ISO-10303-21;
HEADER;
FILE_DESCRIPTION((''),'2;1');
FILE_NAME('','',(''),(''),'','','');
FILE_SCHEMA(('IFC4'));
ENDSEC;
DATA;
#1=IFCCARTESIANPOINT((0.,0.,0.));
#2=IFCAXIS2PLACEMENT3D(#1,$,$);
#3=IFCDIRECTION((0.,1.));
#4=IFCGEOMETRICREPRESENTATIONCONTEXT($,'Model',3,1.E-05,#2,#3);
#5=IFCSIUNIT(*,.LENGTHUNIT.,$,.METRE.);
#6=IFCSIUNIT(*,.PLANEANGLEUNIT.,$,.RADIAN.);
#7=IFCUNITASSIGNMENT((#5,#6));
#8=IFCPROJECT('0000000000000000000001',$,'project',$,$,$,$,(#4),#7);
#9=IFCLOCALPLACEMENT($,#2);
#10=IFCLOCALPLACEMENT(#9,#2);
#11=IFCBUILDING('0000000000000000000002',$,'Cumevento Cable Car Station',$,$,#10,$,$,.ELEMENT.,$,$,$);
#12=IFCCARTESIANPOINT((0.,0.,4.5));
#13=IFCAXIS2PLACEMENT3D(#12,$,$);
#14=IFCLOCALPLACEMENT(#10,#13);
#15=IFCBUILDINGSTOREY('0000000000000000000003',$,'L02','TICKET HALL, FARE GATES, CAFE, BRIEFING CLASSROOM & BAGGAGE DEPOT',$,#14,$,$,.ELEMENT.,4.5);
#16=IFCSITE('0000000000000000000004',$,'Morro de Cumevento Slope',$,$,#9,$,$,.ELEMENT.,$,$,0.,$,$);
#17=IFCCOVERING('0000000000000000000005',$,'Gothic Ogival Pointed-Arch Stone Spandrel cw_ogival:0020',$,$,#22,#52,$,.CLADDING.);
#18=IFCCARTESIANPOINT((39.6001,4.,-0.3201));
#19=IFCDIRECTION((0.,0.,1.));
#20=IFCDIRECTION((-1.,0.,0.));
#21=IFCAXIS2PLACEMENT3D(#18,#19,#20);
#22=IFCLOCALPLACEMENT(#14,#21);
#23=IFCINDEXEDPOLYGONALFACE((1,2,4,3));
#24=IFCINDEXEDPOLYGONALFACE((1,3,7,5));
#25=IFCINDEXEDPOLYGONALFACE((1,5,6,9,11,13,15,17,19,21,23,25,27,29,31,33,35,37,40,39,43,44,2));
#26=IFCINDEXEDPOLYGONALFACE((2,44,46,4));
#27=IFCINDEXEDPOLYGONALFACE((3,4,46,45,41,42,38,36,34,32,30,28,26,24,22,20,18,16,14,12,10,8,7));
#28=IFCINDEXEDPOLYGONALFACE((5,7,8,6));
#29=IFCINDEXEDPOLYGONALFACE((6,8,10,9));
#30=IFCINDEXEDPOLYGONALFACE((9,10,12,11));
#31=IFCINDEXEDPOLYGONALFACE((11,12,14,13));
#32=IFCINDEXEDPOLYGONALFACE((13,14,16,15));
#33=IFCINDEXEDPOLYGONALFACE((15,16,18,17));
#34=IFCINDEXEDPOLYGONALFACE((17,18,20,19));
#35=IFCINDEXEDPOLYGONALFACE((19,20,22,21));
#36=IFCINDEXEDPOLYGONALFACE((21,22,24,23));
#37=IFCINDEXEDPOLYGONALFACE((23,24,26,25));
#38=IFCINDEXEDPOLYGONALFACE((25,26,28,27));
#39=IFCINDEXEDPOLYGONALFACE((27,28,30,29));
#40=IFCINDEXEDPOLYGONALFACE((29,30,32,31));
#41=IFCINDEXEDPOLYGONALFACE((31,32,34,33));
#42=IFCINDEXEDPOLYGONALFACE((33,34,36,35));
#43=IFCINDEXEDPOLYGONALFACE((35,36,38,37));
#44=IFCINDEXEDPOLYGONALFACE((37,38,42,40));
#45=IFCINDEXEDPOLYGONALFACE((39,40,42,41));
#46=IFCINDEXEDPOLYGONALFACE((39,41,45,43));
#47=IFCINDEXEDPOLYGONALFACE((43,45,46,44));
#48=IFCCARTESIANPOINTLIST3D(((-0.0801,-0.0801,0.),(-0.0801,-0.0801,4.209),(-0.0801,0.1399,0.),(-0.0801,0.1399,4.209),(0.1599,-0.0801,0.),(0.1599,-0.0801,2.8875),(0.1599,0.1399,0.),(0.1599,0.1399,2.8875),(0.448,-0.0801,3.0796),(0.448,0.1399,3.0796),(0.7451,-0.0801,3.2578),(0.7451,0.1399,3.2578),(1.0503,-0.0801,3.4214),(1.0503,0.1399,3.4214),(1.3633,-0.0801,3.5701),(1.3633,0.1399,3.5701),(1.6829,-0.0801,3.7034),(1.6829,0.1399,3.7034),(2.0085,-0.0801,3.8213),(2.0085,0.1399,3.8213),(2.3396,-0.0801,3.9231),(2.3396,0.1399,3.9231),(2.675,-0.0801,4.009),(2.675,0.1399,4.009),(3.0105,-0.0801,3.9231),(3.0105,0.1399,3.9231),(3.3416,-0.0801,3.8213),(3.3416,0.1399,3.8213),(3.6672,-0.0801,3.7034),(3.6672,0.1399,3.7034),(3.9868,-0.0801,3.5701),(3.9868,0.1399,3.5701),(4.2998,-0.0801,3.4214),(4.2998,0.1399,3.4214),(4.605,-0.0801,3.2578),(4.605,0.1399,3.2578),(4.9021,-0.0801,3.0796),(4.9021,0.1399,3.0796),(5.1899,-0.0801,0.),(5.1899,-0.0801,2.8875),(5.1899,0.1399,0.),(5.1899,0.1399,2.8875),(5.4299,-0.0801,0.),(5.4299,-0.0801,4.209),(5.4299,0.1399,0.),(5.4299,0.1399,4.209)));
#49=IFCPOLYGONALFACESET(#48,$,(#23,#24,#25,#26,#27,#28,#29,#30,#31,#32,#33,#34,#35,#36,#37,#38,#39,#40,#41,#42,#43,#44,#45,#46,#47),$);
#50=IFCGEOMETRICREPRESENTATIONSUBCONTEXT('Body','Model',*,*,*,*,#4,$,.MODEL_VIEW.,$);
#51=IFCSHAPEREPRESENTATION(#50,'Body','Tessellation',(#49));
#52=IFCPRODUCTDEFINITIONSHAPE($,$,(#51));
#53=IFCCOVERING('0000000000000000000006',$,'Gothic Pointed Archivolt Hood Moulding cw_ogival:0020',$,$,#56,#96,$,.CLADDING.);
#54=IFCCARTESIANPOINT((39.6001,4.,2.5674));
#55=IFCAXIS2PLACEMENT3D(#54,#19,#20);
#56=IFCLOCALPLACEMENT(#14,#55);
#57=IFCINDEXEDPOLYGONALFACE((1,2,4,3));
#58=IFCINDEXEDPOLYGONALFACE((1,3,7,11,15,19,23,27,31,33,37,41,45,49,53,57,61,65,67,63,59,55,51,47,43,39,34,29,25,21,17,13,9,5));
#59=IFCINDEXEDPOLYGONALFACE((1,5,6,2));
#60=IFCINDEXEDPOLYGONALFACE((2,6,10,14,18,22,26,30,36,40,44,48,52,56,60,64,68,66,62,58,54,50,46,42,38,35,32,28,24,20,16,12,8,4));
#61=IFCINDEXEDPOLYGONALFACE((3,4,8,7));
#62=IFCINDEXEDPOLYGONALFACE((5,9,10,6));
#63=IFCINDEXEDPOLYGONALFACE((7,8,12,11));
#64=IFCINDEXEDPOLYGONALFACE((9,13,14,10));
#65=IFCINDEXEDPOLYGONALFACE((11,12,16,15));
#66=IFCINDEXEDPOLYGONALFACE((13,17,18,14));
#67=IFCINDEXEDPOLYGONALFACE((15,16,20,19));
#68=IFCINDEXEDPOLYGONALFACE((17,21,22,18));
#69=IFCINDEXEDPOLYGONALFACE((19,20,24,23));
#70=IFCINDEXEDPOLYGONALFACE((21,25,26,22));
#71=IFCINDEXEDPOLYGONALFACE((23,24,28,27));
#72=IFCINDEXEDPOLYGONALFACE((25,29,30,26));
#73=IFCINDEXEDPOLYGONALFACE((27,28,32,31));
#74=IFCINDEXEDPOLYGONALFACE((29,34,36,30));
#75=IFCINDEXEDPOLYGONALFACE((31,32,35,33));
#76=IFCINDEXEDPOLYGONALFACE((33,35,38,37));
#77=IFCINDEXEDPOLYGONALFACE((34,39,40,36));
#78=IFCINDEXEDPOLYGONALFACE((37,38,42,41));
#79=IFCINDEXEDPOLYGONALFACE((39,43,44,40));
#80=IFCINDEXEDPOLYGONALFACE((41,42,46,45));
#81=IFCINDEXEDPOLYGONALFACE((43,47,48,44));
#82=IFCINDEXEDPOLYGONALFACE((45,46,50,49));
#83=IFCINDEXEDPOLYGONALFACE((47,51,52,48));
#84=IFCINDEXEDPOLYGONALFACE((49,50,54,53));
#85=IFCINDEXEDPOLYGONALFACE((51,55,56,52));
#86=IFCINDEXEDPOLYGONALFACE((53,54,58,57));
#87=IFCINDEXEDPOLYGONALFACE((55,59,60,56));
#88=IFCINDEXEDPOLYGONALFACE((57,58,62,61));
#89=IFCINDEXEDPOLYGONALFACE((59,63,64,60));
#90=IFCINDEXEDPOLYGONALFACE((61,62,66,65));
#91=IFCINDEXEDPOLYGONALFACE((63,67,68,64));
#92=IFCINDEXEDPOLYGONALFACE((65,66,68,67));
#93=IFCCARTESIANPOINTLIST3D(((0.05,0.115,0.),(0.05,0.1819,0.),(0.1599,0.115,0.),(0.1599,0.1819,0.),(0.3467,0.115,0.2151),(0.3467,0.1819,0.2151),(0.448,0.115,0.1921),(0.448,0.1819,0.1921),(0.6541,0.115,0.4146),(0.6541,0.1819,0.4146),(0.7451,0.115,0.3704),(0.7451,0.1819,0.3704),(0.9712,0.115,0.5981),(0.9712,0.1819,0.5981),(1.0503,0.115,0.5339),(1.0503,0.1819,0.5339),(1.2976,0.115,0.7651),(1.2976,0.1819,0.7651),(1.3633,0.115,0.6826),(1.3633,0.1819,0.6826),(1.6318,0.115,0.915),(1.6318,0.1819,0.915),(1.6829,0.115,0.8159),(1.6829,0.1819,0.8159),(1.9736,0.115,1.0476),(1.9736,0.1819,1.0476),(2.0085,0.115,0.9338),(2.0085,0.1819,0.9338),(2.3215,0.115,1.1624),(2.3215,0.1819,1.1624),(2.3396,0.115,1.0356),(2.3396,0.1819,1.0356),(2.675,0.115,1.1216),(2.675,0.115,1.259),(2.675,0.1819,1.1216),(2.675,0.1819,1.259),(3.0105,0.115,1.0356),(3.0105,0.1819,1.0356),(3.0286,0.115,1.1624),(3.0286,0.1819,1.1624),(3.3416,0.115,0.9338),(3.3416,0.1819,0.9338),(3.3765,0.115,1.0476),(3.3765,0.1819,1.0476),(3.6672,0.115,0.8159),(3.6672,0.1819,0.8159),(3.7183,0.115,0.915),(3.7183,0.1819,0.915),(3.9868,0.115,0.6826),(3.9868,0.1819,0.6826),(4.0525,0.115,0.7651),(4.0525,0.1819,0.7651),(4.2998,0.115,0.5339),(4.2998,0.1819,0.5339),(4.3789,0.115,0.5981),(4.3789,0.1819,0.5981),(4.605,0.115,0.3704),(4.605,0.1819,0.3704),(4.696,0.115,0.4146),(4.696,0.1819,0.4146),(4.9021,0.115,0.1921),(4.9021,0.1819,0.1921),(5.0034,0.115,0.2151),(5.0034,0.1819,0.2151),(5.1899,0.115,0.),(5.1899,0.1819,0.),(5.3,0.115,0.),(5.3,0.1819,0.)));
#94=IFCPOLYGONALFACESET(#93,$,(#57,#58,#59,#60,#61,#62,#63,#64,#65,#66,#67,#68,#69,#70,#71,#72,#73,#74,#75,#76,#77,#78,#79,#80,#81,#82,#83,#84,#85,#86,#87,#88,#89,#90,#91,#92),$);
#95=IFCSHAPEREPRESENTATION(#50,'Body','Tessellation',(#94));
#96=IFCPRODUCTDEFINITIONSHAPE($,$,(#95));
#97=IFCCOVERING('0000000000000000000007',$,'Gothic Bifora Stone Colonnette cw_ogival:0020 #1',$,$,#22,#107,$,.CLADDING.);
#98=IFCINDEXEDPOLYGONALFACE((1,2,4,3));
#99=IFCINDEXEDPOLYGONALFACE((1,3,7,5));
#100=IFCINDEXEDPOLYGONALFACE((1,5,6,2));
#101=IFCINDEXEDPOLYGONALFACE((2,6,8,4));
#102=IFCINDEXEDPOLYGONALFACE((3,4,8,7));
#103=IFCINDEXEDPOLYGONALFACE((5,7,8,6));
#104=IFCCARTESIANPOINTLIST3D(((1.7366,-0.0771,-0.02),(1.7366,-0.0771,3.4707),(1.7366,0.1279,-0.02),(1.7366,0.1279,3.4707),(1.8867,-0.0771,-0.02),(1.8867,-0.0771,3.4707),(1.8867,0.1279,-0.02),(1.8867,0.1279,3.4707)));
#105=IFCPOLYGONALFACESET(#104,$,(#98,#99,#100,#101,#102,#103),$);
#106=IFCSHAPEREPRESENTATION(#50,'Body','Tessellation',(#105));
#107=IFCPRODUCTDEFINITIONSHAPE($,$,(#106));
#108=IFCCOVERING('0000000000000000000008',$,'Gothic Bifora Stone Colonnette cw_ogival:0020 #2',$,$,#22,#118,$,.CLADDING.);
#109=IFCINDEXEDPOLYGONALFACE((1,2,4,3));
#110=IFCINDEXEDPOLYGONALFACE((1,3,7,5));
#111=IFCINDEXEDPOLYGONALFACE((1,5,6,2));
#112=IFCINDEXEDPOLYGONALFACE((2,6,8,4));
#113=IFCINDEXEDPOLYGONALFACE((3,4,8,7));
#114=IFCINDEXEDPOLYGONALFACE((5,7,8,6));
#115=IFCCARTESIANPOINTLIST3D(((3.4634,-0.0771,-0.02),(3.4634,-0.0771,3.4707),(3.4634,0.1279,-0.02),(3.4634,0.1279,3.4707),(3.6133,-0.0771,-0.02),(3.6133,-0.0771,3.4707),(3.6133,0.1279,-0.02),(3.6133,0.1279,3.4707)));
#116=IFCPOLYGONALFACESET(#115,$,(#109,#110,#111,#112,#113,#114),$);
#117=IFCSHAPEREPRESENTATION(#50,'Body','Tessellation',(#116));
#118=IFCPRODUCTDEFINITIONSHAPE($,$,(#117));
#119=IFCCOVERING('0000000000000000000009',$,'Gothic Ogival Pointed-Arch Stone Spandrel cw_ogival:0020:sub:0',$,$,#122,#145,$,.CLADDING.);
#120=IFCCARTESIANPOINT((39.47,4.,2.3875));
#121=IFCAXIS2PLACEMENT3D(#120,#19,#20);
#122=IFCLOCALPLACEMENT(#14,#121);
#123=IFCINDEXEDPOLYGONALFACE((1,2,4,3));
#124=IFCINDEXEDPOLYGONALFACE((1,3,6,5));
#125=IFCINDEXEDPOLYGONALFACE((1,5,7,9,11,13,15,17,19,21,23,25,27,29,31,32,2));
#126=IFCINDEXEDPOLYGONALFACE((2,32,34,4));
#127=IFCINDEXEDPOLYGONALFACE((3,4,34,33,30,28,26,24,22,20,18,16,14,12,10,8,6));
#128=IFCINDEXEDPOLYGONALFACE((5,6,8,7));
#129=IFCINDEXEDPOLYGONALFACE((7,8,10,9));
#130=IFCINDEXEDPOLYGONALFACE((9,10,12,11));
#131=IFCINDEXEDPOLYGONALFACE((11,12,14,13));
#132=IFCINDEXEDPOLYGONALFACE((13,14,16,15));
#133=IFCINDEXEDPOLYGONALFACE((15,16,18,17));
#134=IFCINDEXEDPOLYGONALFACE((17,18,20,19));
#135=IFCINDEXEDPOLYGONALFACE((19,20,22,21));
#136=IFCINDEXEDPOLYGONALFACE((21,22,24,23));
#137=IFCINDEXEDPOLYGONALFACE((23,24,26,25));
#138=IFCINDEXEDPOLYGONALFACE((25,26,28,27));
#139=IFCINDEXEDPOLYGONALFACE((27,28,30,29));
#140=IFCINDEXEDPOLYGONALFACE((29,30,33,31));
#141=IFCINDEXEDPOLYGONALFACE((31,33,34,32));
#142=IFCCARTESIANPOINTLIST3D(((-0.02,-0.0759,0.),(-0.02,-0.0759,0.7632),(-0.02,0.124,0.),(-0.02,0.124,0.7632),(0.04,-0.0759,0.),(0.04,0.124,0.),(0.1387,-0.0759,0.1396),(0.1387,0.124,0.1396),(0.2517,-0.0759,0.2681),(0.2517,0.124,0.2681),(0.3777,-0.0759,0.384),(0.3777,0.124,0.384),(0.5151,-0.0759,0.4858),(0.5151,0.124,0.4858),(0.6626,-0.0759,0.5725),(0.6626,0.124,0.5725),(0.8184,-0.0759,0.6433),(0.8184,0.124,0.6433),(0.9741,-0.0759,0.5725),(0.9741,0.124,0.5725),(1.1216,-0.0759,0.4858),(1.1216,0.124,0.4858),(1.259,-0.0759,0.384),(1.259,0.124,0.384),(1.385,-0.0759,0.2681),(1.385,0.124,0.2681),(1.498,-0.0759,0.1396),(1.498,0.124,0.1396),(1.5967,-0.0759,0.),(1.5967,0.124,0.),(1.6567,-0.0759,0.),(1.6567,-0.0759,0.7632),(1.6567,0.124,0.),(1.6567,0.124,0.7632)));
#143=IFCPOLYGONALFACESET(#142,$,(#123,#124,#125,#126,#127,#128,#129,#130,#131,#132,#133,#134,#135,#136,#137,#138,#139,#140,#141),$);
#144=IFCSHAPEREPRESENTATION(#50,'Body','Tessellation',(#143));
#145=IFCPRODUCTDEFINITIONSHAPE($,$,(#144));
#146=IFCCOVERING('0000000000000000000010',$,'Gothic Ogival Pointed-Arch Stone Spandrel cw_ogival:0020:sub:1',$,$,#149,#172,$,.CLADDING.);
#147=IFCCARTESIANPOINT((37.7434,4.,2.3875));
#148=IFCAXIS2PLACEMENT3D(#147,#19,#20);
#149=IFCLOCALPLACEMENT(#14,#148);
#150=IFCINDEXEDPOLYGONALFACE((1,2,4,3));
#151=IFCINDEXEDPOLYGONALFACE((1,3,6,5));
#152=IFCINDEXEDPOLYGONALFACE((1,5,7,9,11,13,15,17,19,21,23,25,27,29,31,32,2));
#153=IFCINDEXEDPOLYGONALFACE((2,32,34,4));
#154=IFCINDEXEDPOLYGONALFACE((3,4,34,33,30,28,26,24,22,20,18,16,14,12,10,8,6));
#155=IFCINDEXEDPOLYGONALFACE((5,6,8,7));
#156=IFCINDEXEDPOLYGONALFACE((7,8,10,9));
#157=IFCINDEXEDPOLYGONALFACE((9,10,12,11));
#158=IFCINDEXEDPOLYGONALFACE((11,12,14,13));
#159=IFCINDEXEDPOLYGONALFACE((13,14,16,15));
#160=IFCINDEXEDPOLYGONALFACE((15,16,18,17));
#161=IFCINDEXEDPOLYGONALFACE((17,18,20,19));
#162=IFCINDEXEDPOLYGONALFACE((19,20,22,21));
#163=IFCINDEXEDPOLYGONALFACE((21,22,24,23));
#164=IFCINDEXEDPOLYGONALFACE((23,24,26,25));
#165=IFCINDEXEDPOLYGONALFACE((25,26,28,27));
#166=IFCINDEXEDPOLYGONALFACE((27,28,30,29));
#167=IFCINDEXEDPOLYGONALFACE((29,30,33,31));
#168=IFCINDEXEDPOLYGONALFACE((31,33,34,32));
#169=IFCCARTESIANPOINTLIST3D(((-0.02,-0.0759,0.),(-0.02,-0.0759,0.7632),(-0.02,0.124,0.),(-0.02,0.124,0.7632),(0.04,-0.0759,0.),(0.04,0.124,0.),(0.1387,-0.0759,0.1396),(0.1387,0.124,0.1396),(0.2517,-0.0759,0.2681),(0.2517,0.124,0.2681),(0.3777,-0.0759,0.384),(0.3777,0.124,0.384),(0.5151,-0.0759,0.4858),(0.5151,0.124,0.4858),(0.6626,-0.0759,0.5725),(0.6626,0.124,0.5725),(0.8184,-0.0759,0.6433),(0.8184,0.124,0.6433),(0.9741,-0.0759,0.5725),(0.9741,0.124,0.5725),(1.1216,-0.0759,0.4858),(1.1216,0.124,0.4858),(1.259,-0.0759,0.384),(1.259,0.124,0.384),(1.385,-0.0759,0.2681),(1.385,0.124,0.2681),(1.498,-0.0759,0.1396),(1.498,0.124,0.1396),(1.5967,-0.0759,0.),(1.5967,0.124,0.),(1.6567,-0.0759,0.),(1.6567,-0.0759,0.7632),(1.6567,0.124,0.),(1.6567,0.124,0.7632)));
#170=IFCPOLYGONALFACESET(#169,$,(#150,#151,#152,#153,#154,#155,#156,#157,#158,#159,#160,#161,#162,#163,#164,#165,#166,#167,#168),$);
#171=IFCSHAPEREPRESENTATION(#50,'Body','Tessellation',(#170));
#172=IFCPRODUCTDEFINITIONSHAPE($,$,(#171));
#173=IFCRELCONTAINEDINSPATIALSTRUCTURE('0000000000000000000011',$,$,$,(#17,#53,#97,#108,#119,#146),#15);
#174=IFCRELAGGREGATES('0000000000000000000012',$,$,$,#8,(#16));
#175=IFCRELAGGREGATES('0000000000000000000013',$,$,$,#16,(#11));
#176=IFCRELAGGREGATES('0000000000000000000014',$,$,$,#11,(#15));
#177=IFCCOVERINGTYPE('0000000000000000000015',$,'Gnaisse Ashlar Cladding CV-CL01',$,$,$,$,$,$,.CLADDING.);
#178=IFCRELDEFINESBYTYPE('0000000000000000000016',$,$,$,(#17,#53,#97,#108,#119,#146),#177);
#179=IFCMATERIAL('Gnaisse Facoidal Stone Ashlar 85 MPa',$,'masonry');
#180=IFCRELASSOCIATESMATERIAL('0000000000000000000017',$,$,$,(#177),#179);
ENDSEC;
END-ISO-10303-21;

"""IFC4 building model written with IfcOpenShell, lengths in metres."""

from ifc_helpers import new_model, si_unit, direction, frame, origin, place, context, subcontext, project, spatial, polyline, outline, extrude, material, type_object, element, save


model = new_model("IFC4")

# Units and contexts
model_context = context("Model", 3, precision=1e-05, world=origin(), true_north=direction((0.0, 1.0)))
body_context = subcontext(model_context, "Body", "Model", "MODEL_VIEW")
ifc_project = project(units=[si_unit("LENGTHUNIT", "METRE"), si_unit("PLANEANGLEUNIT", "RADIAN")], contexts=[model_context])

# Site, building, storey
site_placement = place(None, origin())
site = spatial("IfcSite", under=ifc_project, at=site_placement, Name="Morro de Cumevento Slope", CompositionType="ELEMENT", RefElevation=0.0)
building_placement = place(site_placement, origin())
building = spatial("IfcBuilding", under=site, at=building_placement, Name="Cumevento Cable Car Station", CompositionType="ELEMENT")
storey_placement = place(building_placement, frame((0.0, 0.0, 4.5)))
storey = spatial("IfcBuildingStorey", under=building, at=storey_placement, Name="L02", Description="TICKET HALL, FARE GATES, CAFE, BRIEFING CLASSROOM & BAGGAGE DEPOT", CompositionType="ELEMENT", Elevation=4.5)

# Coverings
ifc_material_1 = material(Name="Gnaisse Facoidal Stone Ashlar 85 MPa", Category="masonry")
covering_type = type_object("IfcCoveringType", Name="Gnaisse Ashlar Cladding CV-CL01", PredefinedType="CLADDING", material=ifc_material_1)
placement = place(storey_placement, frame((39.6001, 4.0, -0.3201), z_axis=(0.0, 0.0, 1.0), x_axis=(-1.0, 0.0, 0.0)))
element("IfcCovering", 1, at=placement, inside=storey, type_object=covering_type, Name="Gothic Ogival Pointed-Arch Stone Spandrel cw_ogival:0020", PredefinedType="CLADDING", context=body_context, shape_type="SweptSolid", body=[
    extrude(outline(polyline([(-0.0801, 0.0), (-0.0801, 4.209), (5.4299, 4.209), (5.4299, 0.0), (5.1899, 0.0), (5.1899, 2.8875), (4.9021, 3.0796), (4.605, 3.2578), (4.2998, 3.4214), (3.9868, 3.5701), (3.6672, 3.7034), (3.3416, 3.8213), (3.0105, 3.9231), (2.675, 4.009), (2.3396, 3.9231), (2.0085, 3.8213), (1.6829, 3.7034), (1.3633, 3.5701), (1.0503, 3.4214), (0.7451, 3.2578), (0.448, 3.0796), (0.1599, 2.8875), (0.1599, 0.0), (-0.0801, 0.0)])), frame((0.0, 0.1399, 0.0), z_axis=(0.0, -1.0, 0.0), x_axis=(1.0, 0.0, 0.0)), (0.0, 0.0, 1.0), 0.22),
])
covering_1_placement = place(storey_placement, frame((39.6001, 4.0, 2.5674), z_axis=(0.0, 0.0, 1.0), x_axis=(-1.0, 0.0, 0.0)))
element("IfcCovering", 2, at=covering_1_placement, inside=storey, type_object=covering_type, Name="Gothic Pointed Archivolt Hood Moulding cw_ogival:0020", PredefinedType="CLADDING", context=body_context, shape_type="SweptSolid", body=[
    extrude(outline(polyline([(0.1599, 0.0), (0.448, 0.1921), (0.7451, 0.3704), (1.0503, 0.5339), (1.3633, 0.6826), (1.6829, 0.8159), (2.0085, 0.9338), (2.3396, 1.0356), (2.675, 1.1216), (3.0105, 1.0356), (3.3416, 0.9338), (3.6672, 0.8159), (3.9868, 0.6826), (4.2998, 0.5339), (4.605, 0.3704), (4.9021, 0.1921), (5.1899, 0.0), (5.3, 0.0), (5.0034, 0.2151), (4.696, 0.4146), (4.3789, 0.5981), (4.0525, 0.7651), (3.7183, 0.915), (3.3765, 1.0476), (3.0286, 1.1624), (2.675, 1.259), (2.3215, 1.1624), (1.9736, 1.0476), (1.6318, 0.915), (1.2976, 0.7651), (0.9712, 0.5981), (0.6541, 0.4146), (0.3467, 0.2151), (0.05, 0.0), (0.1599, 0.0)])), frame((0.0, 0.1819, 0.0), z_axis=(0.0, -1.0, 0.0), x_axis=(1.0, 0.0, 0.0)), (0.0, 0.0, 1.0), 0.0669),
])
element("IfcCovering", 3, at=placement, inside=storey, type_object=covering_type, Name="Gothic Bifora Stone Colonnette cw_ogival:0020 #1", PredefinedType="CLADDING", context=body_context, shape_type="SweptSolid", body=[
    extrude(outline(polyline([(1.7366, -0.02), (1.8867, -0.02), (1.8867, 3.4707), (1.7366, 3.4707), (1.7366, -0.02)])), frame((0.0, 0.1279, 0.0), z_axis=(0.0, -1.0, 0.0), x_axis=(1.0, 0.0, 0.0)), (0.0, 0.0, 1.0), 0.2051),
])
element("IfcCovering", 4, at=placement, inside=storey, type_object=covering_type, Name="Gothic Bifora Stone Colonnette cw_ogival:0020 #2", PredefinedType="CLADDING", context=body_context, shape_type="SweptSolid", body=[
    extrude(outline(polyline([(3.4634, -0.02), (3.6133, -0.02), (3.6133, 3.4707), (3.4634, 3.4707), (3.4634, -0.02)])), frame((0.0, 0.1279, 0.0), z_axis=(0.0, -1.0, 0.0), x_axis=(1.0, 0.0, 0.0)), (0.0, 0.0, 1.0), 0.2051),
])
for number, where, z_axis, x_axis, name in (
    (5, (39.47, 4.0, 2.3875), (0.0, 0.0, 1.0), (-1.0, 0.0, 0.0), "Gothic Ogival Pointed-Arch Stone Spandrel cw_ogival:0020:sub:0"),
    (6, (37.7434, 4.0, 2.3875), (0.0, 0.0, 1.0), (-1.0, 0.0, 0.0), "Gothic Ogival Pointed-Arch Stone Spandrel cw_ogival:0020:sub:1"),
):
    element("IfcCovering", number, at=place(storey_placement, frame(where, z_axis=z_axis, x_axis=x_axis)), inside=storey, type_object=covering_type, Name=name, PredefinedType="CLADDING", context=body_context, shape_type="SweptSolid", body=[
        extrude(outline(polyline([(-0.02, 0.0), (-0.02, 0.7632), (1.6567, 0.7632), (1.6567, 0.0), (1.5967, 0.0), (1.498, 0.1396), (1.385, 0.2681), (1.259, 0.384), (1.1216, 0.4858), (0.9741, 0.5725), (0.8184, 0.6433), (0.6626, 0.5725), (0.5151, 0.4858), (0.3777, 0.384), (0.2517, 0.2681), (0.1387, 0.1396), (0.04, 0.0), (-0.02, 0.0)])), frame((0.0, 0.124, 0.0), z_axis=(0.0, -1.0, 0.0), x_axis=(1.0, 0.0, 0.0)), (0.0, 0.0, 1.0), 0.2),
    ])

save(model, "model.ifc")
